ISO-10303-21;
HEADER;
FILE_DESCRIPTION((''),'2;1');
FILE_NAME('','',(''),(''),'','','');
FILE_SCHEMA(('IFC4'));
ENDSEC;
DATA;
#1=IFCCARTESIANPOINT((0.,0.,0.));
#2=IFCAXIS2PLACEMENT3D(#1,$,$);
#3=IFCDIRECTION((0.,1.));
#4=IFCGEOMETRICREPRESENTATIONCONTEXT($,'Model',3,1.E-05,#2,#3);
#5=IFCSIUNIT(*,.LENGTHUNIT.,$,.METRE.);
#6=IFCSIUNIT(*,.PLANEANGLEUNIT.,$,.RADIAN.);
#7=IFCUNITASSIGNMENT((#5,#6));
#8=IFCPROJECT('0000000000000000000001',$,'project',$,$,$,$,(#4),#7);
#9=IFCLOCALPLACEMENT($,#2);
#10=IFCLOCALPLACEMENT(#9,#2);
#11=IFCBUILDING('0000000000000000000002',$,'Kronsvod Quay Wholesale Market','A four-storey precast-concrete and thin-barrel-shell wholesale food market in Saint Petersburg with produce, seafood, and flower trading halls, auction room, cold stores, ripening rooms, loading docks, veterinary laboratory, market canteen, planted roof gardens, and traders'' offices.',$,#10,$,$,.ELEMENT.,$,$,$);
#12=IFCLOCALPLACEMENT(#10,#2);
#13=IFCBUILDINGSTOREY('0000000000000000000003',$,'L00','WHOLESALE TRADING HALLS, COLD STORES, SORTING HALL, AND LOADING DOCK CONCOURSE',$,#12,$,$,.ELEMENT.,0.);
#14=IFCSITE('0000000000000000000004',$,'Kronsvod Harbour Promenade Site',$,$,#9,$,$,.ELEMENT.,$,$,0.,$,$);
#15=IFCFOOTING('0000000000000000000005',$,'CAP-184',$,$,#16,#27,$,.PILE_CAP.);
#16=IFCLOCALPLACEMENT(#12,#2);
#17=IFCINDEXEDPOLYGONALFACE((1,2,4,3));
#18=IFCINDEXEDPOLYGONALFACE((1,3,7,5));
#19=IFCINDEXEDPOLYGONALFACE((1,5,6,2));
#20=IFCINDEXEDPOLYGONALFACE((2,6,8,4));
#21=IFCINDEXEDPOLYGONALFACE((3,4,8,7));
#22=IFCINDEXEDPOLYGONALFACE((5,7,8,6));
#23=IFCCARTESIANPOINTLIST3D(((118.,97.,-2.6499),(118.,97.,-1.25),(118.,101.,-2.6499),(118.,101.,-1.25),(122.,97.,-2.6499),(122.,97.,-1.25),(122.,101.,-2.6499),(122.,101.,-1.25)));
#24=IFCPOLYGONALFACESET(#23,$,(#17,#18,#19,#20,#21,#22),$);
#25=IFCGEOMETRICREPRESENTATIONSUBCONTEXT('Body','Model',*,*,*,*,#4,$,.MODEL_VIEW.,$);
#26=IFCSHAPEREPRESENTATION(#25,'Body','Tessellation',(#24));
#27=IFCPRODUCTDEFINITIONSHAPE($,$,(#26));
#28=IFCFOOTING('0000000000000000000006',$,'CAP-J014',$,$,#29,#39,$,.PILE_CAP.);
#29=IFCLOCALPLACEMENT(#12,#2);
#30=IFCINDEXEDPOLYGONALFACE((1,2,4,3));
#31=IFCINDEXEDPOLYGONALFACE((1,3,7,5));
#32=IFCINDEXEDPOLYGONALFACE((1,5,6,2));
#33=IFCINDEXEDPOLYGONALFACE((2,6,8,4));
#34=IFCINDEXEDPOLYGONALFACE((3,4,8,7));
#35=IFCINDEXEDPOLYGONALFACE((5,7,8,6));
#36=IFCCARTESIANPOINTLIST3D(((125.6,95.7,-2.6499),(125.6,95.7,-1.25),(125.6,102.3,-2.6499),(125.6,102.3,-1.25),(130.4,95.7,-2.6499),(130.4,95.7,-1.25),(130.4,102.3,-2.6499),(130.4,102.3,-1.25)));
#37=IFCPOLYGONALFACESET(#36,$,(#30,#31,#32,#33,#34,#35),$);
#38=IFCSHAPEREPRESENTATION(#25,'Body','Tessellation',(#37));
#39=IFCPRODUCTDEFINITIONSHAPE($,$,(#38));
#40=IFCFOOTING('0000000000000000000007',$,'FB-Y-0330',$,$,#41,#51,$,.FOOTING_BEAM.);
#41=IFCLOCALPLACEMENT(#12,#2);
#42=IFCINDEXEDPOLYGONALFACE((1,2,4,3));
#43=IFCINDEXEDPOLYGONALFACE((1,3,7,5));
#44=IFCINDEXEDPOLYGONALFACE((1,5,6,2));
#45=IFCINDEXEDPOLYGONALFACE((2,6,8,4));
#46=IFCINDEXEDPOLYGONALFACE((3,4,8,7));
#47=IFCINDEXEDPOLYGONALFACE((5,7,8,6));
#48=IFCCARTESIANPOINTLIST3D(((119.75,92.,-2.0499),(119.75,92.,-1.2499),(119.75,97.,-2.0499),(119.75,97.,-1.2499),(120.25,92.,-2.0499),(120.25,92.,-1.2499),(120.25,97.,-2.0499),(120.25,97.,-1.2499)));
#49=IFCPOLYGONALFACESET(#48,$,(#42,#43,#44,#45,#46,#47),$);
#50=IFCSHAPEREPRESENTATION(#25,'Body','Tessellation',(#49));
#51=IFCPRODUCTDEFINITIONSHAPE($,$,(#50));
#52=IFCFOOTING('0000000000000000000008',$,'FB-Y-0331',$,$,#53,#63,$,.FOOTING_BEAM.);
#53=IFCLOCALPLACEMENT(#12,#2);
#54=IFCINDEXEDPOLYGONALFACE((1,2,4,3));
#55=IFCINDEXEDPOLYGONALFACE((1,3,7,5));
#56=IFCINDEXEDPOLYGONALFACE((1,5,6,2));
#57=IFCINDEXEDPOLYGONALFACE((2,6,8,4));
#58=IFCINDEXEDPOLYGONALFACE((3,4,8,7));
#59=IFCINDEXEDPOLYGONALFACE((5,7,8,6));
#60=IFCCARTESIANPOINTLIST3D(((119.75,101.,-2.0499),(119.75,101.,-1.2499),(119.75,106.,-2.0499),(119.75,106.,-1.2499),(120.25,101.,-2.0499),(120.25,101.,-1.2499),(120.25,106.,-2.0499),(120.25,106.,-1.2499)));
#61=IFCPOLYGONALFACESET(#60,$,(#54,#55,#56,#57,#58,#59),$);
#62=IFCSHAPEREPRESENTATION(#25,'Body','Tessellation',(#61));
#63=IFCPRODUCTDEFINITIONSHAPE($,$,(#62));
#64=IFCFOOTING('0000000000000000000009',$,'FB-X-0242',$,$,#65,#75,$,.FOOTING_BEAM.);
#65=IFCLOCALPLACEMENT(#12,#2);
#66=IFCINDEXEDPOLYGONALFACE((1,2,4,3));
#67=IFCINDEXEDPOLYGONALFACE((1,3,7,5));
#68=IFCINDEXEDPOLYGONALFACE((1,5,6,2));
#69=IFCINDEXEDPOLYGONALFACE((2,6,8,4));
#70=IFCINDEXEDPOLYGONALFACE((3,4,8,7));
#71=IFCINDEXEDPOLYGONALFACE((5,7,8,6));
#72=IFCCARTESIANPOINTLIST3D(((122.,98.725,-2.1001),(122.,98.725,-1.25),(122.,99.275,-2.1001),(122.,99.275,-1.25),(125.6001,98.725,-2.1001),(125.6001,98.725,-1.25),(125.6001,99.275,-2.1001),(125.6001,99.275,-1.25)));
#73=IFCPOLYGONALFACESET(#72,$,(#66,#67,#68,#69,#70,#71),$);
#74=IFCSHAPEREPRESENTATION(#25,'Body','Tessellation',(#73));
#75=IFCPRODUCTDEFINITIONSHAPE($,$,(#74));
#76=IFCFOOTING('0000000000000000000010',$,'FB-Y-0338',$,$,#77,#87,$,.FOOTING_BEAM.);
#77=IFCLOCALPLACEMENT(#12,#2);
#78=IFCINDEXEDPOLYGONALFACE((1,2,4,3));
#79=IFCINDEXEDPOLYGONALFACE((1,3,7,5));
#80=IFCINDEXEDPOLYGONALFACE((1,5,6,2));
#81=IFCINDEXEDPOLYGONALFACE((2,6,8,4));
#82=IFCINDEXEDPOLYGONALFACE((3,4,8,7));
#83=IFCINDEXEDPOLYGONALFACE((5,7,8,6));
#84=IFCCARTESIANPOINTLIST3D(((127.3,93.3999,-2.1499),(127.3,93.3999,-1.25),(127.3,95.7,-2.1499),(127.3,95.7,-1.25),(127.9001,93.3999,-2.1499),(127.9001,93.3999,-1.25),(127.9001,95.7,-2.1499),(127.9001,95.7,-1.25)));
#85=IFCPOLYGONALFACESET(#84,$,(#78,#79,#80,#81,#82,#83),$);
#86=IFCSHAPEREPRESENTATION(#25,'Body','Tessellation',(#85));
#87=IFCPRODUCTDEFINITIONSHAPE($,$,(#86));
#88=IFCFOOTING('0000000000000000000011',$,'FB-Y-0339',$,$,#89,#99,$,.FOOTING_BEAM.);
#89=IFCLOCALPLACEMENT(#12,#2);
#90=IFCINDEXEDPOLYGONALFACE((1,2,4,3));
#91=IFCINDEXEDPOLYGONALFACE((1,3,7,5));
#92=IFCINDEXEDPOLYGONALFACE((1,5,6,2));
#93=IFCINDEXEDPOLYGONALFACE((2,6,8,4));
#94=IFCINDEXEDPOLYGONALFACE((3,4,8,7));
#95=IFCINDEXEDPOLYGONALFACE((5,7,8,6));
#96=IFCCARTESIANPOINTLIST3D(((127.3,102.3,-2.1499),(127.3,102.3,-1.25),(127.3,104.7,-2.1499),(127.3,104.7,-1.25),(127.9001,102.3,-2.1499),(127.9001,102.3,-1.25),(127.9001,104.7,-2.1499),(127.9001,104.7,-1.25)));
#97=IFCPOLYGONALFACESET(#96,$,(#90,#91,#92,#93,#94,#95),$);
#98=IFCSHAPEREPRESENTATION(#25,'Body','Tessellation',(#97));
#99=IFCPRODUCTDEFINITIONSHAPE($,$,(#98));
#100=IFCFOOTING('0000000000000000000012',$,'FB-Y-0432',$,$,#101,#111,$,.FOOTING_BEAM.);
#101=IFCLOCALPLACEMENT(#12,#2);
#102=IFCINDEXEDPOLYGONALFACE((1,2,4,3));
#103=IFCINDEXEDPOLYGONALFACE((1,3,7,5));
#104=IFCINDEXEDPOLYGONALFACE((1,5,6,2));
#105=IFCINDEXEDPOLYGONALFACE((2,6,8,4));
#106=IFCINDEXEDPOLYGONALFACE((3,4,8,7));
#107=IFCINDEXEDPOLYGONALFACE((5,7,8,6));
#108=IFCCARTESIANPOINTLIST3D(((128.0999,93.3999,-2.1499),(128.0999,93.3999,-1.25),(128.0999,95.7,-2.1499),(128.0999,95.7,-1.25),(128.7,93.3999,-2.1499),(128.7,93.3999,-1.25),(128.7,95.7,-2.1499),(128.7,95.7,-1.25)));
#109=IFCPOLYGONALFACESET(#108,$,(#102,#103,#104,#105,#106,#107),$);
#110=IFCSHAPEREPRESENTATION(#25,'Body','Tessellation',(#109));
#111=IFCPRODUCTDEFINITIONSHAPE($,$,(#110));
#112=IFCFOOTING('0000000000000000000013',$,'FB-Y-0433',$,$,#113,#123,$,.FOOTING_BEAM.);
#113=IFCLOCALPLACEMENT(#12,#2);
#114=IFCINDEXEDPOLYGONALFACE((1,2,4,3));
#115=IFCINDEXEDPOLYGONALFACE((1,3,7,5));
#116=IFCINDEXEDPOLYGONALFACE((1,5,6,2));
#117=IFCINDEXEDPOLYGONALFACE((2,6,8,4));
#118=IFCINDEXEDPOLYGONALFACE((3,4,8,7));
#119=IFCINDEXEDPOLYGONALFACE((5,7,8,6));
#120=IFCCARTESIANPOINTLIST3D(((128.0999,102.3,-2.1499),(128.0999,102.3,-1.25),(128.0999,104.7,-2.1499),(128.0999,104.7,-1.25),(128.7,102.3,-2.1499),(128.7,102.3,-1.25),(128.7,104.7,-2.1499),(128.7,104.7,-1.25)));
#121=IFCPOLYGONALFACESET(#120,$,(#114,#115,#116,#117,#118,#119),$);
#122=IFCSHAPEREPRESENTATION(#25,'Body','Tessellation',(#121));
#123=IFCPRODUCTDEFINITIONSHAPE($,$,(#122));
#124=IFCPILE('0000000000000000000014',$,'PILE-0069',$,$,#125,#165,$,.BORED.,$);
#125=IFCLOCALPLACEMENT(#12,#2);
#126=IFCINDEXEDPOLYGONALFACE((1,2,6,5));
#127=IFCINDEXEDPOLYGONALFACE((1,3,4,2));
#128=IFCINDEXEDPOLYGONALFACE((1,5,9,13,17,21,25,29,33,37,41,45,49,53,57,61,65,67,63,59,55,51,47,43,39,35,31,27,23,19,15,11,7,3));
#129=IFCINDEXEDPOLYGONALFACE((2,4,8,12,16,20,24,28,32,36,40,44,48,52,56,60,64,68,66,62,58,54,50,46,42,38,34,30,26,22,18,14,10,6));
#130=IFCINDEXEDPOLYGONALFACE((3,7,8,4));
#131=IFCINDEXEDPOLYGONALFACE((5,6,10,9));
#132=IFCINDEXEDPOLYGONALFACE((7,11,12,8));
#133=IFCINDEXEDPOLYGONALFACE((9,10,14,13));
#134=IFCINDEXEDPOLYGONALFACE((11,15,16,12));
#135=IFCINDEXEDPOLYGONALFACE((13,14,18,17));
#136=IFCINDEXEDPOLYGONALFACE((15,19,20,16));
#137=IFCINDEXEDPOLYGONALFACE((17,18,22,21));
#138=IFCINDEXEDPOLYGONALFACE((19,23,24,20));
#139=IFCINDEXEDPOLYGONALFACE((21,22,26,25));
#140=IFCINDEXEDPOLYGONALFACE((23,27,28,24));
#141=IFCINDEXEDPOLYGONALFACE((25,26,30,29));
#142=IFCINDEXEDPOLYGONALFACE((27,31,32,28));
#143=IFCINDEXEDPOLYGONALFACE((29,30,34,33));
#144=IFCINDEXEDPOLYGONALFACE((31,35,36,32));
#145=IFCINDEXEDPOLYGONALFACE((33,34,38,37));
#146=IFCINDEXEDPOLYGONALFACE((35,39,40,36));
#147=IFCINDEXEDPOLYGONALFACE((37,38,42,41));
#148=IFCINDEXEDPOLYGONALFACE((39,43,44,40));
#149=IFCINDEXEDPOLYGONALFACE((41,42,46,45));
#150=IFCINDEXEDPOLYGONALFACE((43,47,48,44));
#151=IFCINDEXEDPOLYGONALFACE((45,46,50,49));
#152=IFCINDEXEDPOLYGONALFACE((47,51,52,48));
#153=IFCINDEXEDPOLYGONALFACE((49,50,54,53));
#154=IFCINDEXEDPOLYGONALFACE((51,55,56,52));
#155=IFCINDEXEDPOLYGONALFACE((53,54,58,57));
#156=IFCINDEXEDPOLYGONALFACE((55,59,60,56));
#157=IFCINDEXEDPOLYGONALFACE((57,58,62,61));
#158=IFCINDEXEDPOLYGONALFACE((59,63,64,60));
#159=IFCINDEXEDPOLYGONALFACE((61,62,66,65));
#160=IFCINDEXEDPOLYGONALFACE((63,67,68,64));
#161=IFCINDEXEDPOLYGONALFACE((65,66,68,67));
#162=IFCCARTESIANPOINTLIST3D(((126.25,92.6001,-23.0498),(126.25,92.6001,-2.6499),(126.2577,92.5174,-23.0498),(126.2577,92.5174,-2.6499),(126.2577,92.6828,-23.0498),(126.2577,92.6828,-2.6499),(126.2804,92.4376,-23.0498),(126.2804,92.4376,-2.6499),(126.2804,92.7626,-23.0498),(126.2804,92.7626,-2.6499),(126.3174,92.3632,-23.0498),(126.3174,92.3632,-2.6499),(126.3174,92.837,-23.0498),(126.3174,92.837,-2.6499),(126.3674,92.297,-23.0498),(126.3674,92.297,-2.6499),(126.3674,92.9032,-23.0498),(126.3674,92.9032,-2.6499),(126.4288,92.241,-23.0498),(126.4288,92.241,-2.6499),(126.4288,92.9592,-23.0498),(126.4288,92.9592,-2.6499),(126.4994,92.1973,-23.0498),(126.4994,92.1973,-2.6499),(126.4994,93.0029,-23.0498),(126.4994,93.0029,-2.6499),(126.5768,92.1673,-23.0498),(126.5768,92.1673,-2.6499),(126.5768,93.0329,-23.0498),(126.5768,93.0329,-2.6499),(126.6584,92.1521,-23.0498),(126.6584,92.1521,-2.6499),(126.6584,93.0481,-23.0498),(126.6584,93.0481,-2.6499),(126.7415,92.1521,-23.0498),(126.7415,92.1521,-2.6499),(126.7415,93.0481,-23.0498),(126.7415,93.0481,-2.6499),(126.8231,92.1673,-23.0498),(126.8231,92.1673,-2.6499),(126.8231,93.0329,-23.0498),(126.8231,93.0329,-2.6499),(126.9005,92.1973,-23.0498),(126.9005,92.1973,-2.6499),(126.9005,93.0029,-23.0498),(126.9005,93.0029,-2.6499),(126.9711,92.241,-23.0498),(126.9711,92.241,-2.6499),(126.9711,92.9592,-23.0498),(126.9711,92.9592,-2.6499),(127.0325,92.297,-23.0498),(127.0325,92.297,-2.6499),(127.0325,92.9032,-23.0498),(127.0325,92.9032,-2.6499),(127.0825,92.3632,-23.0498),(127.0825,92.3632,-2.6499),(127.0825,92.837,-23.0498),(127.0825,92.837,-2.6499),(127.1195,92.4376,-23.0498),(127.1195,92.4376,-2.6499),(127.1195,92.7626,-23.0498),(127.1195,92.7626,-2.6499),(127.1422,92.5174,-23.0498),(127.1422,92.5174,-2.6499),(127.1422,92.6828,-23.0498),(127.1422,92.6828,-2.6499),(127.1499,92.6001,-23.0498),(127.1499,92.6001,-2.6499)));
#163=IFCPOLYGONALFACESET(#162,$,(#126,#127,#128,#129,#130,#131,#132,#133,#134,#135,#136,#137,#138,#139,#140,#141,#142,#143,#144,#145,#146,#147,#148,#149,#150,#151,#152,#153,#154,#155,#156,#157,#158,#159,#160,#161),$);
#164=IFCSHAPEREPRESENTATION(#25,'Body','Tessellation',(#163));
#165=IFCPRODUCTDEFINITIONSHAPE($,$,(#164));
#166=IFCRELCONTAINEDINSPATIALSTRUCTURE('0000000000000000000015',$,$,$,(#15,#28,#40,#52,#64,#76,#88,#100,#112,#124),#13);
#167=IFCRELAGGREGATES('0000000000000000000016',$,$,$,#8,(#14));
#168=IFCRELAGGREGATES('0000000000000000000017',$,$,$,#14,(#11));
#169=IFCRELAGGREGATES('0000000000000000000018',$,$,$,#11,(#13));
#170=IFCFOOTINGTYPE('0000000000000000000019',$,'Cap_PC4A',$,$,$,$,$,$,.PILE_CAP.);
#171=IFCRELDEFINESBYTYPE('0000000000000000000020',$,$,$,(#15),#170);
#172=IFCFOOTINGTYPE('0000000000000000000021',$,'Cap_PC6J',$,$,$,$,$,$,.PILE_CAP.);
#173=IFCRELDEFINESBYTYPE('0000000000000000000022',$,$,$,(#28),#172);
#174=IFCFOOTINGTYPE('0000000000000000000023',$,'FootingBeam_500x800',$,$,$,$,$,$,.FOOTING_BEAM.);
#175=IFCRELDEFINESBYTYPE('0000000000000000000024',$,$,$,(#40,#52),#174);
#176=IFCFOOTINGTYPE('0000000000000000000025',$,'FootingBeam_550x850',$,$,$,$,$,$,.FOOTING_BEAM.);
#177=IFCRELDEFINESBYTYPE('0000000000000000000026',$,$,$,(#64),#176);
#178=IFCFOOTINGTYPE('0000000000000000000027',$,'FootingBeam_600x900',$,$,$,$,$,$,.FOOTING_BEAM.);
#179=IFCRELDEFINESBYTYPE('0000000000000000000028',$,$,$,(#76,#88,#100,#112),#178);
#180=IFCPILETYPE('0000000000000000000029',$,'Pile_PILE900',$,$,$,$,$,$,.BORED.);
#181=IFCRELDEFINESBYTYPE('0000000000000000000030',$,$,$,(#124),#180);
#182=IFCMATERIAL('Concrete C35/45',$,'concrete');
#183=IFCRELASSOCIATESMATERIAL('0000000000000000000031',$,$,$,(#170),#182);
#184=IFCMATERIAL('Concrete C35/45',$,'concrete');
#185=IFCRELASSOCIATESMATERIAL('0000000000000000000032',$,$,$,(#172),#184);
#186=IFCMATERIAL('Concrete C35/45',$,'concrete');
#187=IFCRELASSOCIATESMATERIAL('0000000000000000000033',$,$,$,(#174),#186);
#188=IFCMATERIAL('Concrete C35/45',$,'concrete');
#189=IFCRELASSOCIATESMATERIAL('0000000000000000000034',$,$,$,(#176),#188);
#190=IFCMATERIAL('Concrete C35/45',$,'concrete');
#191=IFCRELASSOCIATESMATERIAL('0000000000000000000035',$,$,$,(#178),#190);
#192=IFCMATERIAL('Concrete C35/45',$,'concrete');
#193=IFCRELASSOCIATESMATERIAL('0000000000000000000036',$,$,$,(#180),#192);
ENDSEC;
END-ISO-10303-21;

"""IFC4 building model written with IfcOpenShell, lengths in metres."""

from ifc_helpers import new_model, si_unit, direction, frame, origin, origin_2d, place, context, subcontext, project, spatial, rectangle, circle, extrude, material, material_profile, profile_set, type_object, element, save


model = new_model("IFC4")

# Units and contexts
model_context = context("Model", 3, precision=1e-05, world=origin(), true_north=direction((0.0, 1.0)))
body_context = subcontext(model_context, "Body", "Model", "MODEL_VIEW")
ifc_project = project(units=[si_unit("LENGTHUNIT", "METRE"), si_unit("PLANEANGLEUNIT", "RADIAN")], contexts=[model_context])

# Site, building, storey
site_placement = place(None, origin())
site = spatial("IfcSite", under=ifc_project, at=site_placement, Name="Kronsvod Harbour Promenade Site", CompositionType="ELEMENT", RefElevation=0.0)
building_placement = place(site_placement, origin())
building = spatial("IfcBuilding", under=site, at=building_placement, Name="Kronsvod Quay Wholesale Market", Description="A four-storey precast-concrete and thin-barrel-shell wholesale food market in Saint Petersburg with produce, seafood, and flower trading halls, auction room, cold stores, ripening rooms, loading docks, veterinary laboratory, market canteen, planted roof gardens, and traders' offices.", CompositionType="ELEMENT")
storey_placement = place(building_placement, origin())
storey = spatial("IfcBuildingStorey", under=building, at=storey_placement, Name="L00", Description="WHOLESALE TRADING HALLS, COLD STORES, SORTING HALL, AND LOADING DOCK CONCOURSE", CompositionType="ELEMENT", Elevation=0.0)

# Footings
ifc_material_1 = material(Name="Concrete C35/45", Category="concrete")
footing_type_1 = type_object("IfcFootingType", Name="Cap_PC4A", PredefinedType="PILE_CAP", material=ifc_material_1)
footing_1_placement = place(storey_placement, frame((120.0, 99.0, -2.6499), z_axis=(0.0, 0.0, 1.0), x_axis=(1.0, 0.0, 0.0)))
element("IfcFooting", 1, at=footing_1_placement, inside=storey, type_object=footing_type_1, Name="CAP-184", PredefinedType="PILE_CAP", context=body_context, shape_type="SweptSolid", body=[
    extrude(rectangle(XDim=4.0, YDim=4.0, at=origin_2d()), origin(), (0.0, 0.0, 1.0), 1.3999),
])
ifc_material_2 = material(Name="Concrete C35/45", Category="concrete")
footing_type_2 = type_object("IfcFootingType", Name="Cap_PC6J", PredefinedType="PILE_CAP", material=ifc_material_2)
footing_2_placement = place(storey_placement, frame((128.0, 99.0, -2.6499), z_axis=(0.0, 0.0, 1.0), x_axis=(1.0, 0.0, 0.0)))
element("IfcFooting", 2, at=footing_2_placement, inside=storey, type_object=footing_type_2, Name="CAP-J014", PredefinedType="PILE_CAP", context=body_context, shape_type="SweptSolid", body=[
    extrude(rectangle(XDim=4.8, YDim=6.6001, at=origin_2d()), origin(), (0.0, 0.0, 1.0), 1.3999),
])
ifc_material_3 = material(Name="Concrete C35/45", Category="concrete")
ifc_material_profile_1 = material_profile(ifc_material_3, rectangle(XDim=0.5, YDim=0.8, at=origin_2d()), Name="FB-01")
ifc_profile_set_1 = profile_set([ifc_material_profile_1], Name="Concrete C35/45")
footing_type_3 = type_object("IfcFootingType", Name="FootingBeam_500x800", PredefinedType="FOOTING_BEAM", material=ifc_profile_set_1)
for number, where, z_axis, x_axis, name in (
    (3, (120.0, 92.0, -1.6499), (0.0, 1.0, 0.0), (-1.0, 0.0, 0.0), "FB-Y-0330"),
    (4, (120.0, 101.0, -1.6499), (0.0, 1.0, 0.0), (-1.0, 0.0, 0.0), "FB-Y-0331"),
):
    element("IfcFooting", number, at=place(storey_placement, frame(where, z_axis=z_axis, x_axis=x_axis)), inside=storey, type_object=footing_type_3, Name=name, PredefinedType="FOOTING_BEAM", context=body_context, shape_type="SweptSolid", body=[
        extrude(rectangle(XDim=0.5, YDim=0.8, at=origin_2d()), origin(), (0.0, 0.0, 1.0), 5.0),
    ])
ifc_material_4 = material(Name="Concrete C35/45", Category="concrete")
ifc_material_profile_2 = material_profile(ifc_material_4, rectangle(XDim=0.55, YDim=0.8501, at=origin_2d()), Name="FB-03")
ifc_profile_set_2 = profile_set([ifc_material_profile_2], Name="Concrete C35/45")
footing_type_4 = type_object("IfcFootingType", Name="FootingBeam_550x850", PredefinedType="FOOTING_BEAM", material=ifc_profile_set_2)
footing_3_placement = place(storey_placement, frame((122.0, 99.0, -1.675), z_axis=(1.0, 0.0, 0.0), x_axis=(0.0, 1.0, 0.0)))
element("IfcFooting", 5, at=footing_3_placement, inside=storey, type_object=footing_type_4, Name="FB-X-0242", PredefinedType="FOOTING_BEAM", context=body_context, shape_type="SweptSolid", body=[
    extrude(rectangle(XDim=0.55, YDim=0.8501, at=origin_2d()), origin(), (0.0, 0.0, 1.0), 3.6001),
])
ifc_material_5 = material(Name="Concrete C35/45", Category="concrete")
ifc_material_profile_3 = material_profile(ifc_material_5, rectangle(XDim=0.6001, YDim=0.8999, at=origin_2d()), Name="FB-02")
ifc_profile_set_3 = profile_set([ifc_material_profile_3], Name="Concrete C35/45")
footing_type_5 = type_object("IfcFootingType", Name="FootingBeam_600x900", PredefinedType="FOOTING_BEAM", material=ifc_profile_set_3)
footing_4_placement = place(storey_placement, frame((127.6001, 93.3999, -1.7), z_axis=(0.0, 1.0, 0.0), x_axis=(-1.0, 0.0, 0.0)))
element("IfcFooting", 6, at=footing_4_placement, inside=storey, type_object=footing_type_5, Name="FB-Y-0338", PredefinedType="FOOTING_BEAM", context=body_context, shape_type="SweptSolid", body=[
    extrude(rectangle(XDim=0.6001, YDim=0.8999, at=origin_2d()), origin(), (0.0, 0.0, 1.0), 2.3),
])
footing_5_placement = place(storey_placement, frame((127.6001, 102.3, -1.7), z_axis=(0.0, 1.0, 0.0), x_axis=(-1.0, 0.0, 0.0)))
element("IfcFooting", 7, at=footing_5_placement, inside=storey, type_object=footing_type_5, Name="FB-Y-0339", PredefinedType="FOOTING_BEAM", context=body_context, shape_type="SweptSolid", body=[
    extrude(rectangle(XDim=0.6001, YDim=0.8999, at=origin_2d()), origin(), (0.0, 0.0, 1.0), 2.3999),
])
footing_6_placement = place(storey_placement, frame((128.3999, 93.3999, -1.7), z_axis=(0.0, 1.0, 0.0), x_axis=(-1.0, 0.0, 0.0)))
element("IfcFooting", 8, at=footing_6_placement, inside=storey, type_object=footing_type_5, Name="FB-Y-0432", PredefinedType="FOOTING_BEAM", context=body_context, shape_type="SweptSolid", body=[
    extrude(rectangle(XDim=0.6001, YDim=0.8999, at=origin_2d()), origin(), (0.0, 0.0, 1.0), 2.3),
])
footing_7_placement = place(storey_placement, frame((128.3999, 102.3, -1.7), z_axis=(0.0, 1.0, 0.0), x_axis=(-1.0, 0.0, 0.0)))
element("IfcFooting", 9, at=footing_7_placement, inside=storey, type_object=footing_type_5, Name="FB-Y-0433", PredefinedType="FOOTING_BEAM", context=body_context, shape_type="SweptSolid", body=[
    extrude(rectangle(XDim=0.6001, YDim=0.8999, at=origin_2d()), origin(), (0.0, 0.0, 1.0), 2.3999),
])

# Pile
ifc_material_6 = material(Name="Concrete C35/45", Category="concrete")
ifc_material_profile_4 = material_profile(ifc_material_6, circle(Radius=0.45, at=origin_2d()), Name="PILE900")
ifc_profile_set_4 = profile_set([ifc_material_profile_4], Name="Concrete C35/45")
pile_type = type_object("IfcPileType", Name="Pile_PILE900", PredefinedType="BORED", material=ifc_profile_set_4)
for number, where, z_axis, x_axis, name in (
    (10, (126.7, 92.6001, -2.6499), (0.0, 0.0, -1.0), (1.0, 0.0, 0.0), "PILE-0069"),
):
    element("IfcPile", number, at=place(storey_placement, frame(where, z_axis=z_axis, x_axis=x_axis)), inside=storey, type_object=pile_type, Name=name, PredefinedType="BORED", context=body_context, shape_type="SweptSolid", body=[
        extrude(circle(Radius=0.45, at=origin_2d()), origin(), (0.0, 0.0, 1.0), 20.3999),
    ])

save(model, "model.ifc")
